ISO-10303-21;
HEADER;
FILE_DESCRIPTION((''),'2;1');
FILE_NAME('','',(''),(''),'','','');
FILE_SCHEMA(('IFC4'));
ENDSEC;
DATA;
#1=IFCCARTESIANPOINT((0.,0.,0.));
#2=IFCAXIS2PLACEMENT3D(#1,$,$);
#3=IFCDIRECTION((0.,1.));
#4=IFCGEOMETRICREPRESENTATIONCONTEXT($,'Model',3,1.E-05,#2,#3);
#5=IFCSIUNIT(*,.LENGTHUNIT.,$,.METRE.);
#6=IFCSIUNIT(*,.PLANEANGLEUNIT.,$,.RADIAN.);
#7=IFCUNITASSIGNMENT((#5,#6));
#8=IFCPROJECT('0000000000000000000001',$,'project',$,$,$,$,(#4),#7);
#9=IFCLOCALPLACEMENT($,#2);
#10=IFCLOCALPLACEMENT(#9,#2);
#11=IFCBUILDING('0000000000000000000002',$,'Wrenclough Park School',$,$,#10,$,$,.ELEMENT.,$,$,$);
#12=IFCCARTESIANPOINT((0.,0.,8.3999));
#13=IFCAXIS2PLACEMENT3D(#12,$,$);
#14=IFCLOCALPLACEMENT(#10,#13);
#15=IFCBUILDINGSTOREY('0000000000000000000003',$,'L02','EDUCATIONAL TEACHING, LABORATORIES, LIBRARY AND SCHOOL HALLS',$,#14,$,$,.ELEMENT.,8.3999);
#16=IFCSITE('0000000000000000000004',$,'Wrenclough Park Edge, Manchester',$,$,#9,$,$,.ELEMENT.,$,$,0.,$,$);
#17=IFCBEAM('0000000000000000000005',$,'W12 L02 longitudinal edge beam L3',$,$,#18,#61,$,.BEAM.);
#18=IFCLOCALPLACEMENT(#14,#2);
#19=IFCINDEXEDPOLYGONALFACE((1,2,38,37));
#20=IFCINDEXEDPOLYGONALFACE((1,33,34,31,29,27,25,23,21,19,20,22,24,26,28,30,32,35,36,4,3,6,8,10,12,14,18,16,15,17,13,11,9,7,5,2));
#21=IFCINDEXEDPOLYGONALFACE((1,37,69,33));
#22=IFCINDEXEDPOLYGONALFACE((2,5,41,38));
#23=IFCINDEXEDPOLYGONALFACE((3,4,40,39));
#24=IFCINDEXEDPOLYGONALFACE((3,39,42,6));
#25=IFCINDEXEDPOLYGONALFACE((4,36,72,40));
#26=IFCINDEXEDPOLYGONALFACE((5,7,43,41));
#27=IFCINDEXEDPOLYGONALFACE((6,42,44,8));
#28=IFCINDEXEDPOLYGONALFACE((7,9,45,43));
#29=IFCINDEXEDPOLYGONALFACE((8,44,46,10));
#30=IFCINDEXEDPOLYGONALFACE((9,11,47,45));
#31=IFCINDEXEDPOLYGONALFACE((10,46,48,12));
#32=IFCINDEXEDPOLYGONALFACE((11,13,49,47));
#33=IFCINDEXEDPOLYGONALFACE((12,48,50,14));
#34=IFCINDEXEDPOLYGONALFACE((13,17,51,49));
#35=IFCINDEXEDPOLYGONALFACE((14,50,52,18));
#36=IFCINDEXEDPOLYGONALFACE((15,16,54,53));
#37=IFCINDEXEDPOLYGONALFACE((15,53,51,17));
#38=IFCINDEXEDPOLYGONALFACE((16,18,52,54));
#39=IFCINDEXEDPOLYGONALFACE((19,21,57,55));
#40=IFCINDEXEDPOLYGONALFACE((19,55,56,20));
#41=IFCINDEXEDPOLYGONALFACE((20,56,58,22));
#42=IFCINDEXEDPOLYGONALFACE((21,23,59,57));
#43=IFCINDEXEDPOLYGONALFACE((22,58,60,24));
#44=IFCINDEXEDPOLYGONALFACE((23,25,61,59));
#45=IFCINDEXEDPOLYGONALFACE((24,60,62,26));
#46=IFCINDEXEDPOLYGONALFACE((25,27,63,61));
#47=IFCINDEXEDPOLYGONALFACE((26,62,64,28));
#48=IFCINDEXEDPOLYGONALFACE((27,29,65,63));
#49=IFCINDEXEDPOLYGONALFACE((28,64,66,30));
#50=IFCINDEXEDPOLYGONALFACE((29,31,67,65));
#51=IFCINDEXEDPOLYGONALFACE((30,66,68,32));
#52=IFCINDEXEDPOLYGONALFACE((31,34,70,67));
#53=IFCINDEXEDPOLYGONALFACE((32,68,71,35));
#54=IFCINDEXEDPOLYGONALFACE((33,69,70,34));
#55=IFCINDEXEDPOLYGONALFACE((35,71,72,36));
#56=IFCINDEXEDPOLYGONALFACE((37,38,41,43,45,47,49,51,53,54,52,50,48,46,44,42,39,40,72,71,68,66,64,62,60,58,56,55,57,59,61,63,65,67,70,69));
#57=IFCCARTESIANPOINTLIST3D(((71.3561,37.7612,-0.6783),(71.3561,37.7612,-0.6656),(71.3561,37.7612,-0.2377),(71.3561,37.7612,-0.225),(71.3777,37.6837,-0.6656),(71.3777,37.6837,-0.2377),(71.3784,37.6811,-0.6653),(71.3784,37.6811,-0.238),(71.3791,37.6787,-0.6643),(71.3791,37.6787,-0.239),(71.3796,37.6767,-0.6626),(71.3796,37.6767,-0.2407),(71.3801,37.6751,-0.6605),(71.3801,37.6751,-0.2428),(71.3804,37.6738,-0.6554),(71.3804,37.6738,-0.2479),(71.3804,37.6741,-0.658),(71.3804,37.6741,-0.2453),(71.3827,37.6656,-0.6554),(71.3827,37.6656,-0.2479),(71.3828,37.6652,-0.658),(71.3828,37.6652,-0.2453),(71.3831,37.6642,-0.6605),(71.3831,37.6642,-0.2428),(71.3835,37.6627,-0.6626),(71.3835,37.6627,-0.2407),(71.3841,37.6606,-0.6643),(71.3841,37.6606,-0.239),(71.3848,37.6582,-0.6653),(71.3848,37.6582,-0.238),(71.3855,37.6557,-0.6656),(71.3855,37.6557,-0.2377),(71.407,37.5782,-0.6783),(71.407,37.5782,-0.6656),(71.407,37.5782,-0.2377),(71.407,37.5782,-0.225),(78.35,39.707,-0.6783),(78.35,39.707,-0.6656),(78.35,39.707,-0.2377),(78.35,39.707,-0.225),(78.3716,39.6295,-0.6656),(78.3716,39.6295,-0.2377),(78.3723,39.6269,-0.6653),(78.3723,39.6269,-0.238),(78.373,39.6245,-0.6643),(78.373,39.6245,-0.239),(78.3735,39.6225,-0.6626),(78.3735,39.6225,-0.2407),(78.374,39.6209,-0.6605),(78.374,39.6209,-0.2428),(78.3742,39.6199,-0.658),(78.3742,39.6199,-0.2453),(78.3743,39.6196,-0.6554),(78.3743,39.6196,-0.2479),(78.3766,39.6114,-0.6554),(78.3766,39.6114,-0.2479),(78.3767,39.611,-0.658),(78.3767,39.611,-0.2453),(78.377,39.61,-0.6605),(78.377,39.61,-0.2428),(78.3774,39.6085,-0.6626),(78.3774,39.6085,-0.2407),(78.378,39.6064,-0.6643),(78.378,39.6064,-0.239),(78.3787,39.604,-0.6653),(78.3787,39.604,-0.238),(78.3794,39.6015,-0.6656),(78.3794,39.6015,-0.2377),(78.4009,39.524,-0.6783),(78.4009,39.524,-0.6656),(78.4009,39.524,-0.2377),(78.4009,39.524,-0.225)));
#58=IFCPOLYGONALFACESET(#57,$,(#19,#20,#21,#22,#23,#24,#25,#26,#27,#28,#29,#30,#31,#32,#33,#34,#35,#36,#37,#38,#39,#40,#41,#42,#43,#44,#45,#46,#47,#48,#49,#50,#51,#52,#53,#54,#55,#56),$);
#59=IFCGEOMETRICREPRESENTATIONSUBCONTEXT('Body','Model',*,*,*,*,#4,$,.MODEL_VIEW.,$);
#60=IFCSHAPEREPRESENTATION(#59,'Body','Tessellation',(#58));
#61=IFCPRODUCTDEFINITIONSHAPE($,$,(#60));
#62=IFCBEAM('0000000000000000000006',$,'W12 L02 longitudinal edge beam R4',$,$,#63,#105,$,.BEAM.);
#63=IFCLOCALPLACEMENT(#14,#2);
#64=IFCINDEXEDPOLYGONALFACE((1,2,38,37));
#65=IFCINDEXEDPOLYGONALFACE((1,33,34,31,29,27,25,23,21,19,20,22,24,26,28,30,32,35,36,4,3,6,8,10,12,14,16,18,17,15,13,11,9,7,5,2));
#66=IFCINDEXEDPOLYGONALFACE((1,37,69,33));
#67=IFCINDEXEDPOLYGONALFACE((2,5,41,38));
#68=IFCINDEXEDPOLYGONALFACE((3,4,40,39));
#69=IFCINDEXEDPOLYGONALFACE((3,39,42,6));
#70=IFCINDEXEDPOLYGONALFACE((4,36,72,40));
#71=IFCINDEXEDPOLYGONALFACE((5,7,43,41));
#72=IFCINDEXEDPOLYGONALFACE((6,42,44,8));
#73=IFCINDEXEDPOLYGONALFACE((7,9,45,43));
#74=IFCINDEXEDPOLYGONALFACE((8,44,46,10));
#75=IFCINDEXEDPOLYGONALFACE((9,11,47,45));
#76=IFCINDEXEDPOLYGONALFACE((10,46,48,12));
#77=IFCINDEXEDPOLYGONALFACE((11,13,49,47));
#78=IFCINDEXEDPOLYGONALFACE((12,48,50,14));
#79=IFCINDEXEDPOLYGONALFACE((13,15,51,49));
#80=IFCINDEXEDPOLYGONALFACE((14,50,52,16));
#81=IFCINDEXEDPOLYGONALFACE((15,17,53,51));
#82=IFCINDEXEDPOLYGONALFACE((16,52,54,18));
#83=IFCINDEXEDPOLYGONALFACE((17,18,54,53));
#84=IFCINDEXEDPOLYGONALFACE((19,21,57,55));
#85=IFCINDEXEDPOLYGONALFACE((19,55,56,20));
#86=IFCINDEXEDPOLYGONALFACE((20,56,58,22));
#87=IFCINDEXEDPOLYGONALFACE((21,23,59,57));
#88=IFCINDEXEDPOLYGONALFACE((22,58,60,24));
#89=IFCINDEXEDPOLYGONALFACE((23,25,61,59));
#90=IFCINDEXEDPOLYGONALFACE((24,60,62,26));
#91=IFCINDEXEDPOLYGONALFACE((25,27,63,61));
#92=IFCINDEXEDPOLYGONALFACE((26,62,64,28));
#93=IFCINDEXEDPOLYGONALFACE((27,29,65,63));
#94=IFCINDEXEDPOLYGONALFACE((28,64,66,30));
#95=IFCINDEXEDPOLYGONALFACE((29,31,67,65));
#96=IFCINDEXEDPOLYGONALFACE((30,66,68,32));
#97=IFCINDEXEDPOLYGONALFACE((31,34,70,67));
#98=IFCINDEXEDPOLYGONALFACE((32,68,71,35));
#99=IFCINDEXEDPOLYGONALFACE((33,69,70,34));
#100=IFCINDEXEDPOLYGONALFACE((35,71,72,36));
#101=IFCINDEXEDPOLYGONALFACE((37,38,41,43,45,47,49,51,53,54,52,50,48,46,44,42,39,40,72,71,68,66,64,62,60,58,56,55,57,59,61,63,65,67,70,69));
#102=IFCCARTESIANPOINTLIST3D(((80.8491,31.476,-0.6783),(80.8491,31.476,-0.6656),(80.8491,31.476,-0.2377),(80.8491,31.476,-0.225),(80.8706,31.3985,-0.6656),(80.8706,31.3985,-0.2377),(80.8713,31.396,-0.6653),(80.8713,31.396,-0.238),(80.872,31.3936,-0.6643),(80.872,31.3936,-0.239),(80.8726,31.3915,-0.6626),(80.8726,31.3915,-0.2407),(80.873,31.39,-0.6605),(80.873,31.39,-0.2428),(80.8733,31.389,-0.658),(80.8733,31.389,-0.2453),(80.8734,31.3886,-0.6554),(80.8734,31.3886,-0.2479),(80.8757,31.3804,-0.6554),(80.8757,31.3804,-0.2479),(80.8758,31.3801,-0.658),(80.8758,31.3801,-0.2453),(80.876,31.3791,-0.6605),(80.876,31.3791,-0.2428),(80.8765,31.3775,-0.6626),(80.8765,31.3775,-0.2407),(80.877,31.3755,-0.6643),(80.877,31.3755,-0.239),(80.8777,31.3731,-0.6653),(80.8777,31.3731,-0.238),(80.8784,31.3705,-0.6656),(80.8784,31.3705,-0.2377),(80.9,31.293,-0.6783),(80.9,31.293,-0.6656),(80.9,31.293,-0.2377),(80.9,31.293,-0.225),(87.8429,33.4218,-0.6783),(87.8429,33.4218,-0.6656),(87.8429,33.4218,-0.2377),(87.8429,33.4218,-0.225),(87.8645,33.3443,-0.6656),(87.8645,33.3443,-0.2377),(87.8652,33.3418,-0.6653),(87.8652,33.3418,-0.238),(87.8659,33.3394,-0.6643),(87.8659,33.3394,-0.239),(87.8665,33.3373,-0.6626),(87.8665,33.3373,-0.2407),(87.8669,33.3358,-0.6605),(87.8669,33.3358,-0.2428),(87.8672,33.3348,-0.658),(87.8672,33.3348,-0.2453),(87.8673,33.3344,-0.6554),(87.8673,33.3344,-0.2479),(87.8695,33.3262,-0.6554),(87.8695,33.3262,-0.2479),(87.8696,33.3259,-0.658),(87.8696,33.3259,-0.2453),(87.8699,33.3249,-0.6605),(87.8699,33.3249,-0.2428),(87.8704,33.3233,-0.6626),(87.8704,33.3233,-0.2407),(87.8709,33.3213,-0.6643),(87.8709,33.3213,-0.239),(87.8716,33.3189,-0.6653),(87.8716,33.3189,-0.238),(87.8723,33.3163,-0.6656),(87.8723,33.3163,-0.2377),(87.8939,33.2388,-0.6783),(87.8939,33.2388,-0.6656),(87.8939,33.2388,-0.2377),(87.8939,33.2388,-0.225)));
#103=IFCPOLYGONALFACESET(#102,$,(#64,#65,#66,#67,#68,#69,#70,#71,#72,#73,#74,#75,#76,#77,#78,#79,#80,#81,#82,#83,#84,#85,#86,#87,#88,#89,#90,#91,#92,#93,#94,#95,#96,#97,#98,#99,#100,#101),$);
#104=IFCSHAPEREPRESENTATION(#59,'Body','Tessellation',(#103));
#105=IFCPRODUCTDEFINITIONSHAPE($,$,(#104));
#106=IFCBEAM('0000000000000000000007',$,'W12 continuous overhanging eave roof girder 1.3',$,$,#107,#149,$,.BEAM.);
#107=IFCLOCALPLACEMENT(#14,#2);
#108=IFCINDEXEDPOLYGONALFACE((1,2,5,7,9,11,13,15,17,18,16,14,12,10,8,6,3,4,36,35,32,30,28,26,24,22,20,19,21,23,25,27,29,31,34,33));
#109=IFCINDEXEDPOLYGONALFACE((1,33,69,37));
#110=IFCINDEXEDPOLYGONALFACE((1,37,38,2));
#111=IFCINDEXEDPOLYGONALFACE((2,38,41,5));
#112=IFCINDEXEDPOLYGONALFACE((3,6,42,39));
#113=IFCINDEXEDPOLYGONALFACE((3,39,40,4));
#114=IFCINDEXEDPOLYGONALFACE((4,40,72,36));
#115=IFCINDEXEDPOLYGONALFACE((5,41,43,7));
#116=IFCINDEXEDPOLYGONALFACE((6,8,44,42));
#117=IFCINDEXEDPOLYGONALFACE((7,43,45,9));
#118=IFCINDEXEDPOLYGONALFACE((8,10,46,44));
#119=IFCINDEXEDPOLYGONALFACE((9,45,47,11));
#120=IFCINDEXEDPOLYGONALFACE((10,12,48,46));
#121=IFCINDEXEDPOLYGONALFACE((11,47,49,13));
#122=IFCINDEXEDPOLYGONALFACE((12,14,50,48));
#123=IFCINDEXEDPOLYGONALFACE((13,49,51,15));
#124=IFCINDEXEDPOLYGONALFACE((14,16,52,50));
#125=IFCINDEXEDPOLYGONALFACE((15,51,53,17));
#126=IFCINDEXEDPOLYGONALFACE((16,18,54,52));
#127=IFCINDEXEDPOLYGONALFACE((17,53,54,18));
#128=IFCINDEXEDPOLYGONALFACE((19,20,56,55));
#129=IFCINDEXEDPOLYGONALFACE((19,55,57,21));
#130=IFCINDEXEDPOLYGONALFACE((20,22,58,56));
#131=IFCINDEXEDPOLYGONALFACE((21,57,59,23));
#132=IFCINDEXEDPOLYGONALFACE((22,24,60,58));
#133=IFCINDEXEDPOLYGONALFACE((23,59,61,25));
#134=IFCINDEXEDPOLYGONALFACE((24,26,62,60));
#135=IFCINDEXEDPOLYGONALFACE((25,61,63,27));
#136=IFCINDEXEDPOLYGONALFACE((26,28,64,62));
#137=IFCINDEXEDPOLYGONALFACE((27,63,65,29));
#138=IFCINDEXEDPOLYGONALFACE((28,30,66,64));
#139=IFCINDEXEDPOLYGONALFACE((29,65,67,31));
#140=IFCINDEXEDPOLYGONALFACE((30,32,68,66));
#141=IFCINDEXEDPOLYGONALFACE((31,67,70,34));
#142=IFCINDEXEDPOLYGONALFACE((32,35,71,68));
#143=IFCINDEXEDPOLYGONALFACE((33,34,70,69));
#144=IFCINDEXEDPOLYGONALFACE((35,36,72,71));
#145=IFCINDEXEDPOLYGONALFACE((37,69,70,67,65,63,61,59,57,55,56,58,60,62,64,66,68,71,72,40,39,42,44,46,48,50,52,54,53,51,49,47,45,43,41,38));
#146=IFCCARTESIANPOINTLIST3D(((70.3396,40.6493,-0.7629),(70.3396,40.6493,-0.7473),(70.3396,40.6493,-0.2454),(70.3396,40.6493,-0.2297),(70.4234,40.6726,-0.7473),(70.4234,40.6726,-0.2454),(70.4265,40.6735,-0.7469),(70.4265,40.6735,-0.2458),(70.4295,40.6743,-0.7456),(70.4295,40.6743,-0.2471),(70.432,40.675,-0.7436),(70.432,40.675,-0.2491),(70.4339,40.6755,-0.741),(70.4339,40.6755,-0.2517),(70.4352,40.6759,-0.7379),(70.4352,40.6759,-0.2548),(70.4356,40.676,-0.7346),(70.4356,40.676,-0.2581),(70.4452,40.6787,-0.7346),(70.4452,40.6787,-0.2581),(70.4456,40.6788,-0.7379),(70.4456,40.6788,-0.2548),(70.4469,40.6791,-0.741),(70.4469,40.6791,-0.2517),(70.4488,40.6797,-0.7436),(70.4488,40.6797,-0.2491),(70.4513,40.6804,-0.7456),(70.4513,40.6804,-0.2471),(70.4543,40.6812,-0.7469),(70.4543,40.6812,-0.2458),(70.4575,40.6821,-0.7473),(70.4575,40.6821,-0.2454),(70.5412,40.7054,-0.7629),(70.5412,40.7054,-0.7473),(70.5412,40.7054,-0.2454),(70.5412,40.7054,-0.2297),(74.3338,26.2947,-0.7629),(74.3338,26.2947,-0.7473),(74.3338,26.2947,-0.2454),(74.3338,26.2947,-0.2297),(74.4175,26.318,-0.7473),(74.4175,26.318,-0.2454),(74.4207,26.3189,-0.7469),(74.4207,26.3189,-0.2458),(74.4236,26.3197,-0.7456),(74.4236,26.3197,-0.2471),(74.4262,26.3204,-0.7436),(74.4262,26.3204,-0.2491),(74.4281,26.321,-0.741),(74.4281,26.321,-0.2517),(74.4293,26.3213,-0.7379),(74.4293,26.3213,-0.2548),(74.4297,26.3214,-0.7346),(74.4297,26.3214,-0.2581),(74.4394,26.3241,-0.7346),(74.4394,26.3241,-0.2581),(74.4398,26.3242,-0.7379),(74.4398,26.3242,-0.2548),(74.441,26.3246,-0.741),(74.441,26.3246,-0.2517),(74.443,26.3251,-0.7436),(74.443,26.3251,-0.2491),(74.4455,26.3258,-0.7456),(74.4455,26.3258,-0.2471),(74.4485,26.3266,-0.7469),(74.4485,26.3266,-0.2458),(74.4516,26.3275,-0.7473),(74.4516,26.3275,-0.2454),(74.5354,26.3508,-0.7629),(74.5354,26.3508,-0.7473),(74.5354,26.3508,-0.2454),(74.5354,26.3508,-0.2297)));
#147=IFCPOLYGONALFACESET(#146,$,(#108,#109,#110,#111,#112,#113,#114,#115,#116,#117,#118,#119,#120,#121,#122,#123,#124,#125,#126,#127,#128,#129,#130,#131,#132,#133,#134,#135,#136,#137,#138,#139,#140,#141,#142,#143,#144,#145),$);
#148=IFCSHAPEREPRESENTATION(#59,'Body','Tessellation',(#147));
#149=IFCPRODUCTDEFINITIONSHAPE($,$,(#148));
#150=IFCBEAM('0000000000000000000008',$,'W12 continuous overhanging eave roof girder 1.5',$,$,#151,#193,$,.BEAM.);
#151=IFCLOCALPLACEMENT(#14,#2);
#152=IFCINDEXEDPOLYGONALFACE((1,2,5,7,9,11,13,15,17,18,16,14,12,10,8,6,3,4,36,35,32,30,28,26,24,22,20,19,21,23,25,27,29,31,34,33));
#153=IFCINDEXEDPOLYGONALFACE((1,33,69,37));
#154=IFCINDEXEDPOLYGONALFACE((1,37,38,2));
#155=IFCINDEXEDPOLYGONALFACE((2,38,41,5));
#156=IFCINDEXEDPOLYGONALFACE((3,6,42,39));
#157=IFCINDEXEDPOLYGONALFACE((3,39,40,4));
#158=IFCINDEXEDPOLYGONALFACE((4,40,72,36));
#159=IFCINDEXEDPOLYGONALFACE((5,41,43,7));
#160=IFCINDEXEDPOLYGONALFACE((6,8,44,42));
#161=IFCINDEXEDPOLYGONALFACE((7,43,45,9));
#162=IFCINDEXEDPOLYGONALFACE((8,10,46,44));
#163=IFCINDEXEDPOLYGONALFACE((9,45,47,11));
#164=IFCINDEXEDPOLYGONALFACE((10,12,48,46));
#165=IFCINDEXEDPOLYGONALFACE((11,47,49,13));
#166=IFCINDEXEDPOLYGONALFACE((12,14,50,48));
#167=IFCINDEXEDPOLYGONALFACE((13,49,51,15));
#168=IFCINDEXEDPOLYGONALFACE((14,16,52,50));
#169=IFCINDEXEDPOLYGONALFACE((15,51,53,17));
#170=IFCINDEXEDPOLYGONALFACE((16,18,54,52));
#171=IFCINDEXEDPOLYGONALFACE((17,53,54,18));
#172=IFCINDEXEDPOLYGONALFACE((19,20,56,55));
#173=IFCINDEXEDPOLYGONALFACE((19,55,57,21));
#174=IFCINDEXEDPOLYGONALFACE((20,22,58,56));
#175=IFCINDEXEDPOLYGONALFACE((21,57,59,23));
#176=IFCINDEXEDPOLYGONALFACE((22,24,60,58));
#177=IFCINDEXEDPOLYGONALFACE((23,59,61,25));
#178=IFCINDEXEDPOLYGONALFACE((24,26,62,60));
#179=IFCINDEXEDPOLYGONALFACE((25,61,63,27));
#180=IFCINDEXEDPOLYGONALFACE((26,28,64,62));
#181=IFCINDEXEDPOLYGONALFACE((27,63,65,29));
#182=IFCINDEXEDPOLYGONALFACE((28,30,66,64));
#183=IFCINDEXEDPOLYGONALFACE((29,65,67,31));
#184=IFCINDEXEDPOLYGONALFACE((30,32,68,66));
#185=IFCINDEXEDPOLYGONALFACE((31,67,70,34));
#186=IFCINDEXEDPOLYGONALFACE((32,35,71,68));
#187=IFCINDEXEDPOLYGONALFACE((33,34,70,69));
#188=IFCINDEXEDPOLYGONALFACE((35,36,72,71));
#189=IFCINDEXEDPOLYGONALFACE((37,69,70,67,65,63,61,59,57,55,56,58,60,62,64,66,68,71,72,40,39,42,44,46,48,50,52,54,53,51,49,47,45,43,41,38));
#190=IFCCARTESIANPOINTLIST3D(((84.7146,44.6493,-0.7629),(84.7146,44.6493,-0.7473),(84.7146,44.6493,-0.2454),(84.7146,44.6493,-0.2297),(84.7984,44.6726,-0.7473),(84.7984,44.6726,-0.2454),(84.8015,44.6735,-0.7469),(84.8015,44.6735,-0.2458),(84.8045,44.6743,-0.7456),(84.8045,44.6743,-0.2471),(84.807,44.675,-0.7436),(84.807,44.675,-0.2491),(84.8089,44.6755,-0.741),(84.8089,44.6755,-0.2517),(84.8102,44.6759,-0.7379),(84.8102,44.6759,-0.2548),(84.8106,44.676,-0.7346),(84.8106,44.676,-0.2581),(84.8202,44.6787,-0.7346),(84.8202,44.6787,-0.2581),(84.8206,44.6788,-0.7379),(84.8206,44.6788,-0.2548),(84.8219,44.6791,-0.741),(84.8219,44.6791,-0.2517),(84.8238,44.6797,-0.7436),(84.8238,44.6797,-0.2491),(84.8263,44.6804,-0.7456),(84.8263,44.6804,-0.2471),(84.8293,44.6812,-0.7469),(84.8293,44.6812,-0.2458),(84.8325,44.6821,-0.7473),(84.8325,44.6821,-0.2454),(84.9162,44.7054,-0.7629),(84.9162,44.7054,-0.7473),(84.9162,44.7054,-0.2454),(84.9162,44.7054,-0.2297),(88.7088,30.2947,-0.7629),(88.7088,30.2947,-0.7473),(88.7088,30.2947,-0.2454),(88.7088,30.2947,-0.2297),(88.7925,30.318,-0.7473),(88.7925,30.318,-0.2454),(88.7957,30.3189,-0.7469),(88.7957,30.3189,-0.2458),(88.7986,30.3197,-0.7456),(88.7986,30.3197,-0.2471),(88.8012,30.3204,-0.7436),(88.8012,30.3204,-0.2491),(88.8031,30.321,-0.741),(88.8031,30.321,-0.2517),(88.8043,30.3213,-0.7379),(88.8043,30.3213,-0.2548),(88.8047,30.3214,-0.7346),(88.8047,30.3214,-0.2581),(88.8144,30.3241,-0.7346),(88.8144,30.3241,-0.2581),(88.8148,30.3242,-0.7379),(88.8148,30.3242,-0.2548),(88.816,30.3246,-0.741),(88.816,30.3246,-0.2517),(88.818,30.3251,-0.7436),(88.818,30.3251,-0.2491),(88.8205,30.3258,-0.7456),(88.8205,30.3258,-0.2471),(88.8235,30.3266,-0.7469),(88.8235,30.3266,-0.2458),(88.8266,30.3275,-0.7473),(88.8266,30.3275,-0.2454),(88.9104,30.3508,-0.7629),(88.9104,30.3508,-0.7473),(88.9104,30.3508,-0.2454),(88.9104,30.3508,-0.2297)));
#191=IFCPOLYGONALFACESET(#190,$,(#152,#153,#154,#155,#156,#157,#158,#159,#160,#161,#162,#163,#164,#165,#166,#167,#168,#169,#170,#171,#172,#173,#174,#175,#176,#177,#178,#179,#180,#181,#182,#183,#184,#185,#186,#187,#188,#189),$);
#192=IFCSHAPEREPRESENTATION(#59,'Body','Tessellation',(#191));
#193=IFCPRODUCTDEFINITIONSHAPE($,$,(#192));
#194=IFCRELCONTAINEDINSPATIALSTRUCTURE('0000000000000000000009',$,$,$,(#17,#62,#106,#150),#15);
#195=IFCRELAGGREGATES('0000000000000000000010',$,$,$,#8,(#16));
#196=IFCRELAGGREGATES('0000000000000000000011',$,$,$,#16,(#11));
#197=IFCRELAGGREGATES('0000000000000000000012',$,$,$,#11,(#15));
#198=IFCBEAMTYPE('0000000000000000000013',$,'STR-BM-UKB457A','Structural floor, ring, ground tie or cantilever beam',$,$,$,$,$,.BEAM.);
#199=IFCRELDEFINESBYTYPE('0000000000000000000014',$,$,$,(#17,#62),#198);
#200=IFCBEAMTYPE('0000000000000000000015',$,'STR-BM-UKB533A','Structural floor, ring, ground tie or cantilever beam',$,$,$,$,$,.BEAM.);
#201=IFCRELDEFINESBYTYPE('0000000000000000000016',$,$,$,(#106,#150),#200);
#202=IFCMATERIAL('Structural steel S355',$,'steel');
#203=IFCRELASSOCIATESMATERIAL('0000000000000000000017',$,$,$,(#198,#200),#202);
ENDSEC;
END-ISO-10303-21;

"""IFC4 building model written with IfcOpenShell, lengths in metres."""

from ifc_helpers import new_model, si_unit, direction, frame, origin, origin_2d, place, context, subcontext, project, spatial, i_section, extrude, material, material_profile, profile_set, type_object, element, save


model = new_model("IFC4")

# Units and contexts
model_context = context("Model", 3, precision=1e-05, world=origin(), true_north=direction((0.0, 1.0)))
body_context = subcontext(model_context, "Body", "Model", "MODEL_VIEW")
ifc_project = project(units=[si_unit("LENGTHUNIT", "METRE"), si_unit("PLANEANGLEUNIT", "RADIAN")], contexts=[model_context])

# Site, building, storey
site_placement = place(None, origin())
site = spatial("IfcSite", under=ifc_project, at=site_placement, Name="Wrenclough Park Edge, Manchester", CompositionType="ELEMENT", RefElevation=0.0)
building_placement = place(site_placement, origin())
building = spatial("IfcBuilding", under=site, at=building_placement, Name="Wrenclough Park School", CompositionType="ELEMENT")
storey_placement = place(building_placement, frame((0.0, 0.0, 8.3999)))
storey = spatial("IfcBuildingStorey", under=building, at=storey_placement, Name="L02", Description="EDUCATIONAL TEACHING, LABORATORIES, LIBRARY AND SCHOOL HALLS", CompositionType="ELEMENT", Elevation=8.3999)

# Beams
ifc_material_1 = material(Name="Structural steel S355", Category="steel")
ifc_material_profile_1 = material_profile(ifc_material_1, i_section(OverallWidth=0.1899, OverallDepth=0.4534, WebThickness=0.0085, FlangeThickness=0.0127, FilletRadius=0.0103, at=origin_2d()), Name="UKB 457x191x67")
ifc_profile_set_1 = profile_set([ifc_material_profile_1], Name="Structural steel S355")
beam_type_1 = type_object("IfcBeamType", Name="STR-BM-UKB457A", Description="Structural floor, ring, ground tie or cantilever beam", PredefinedType="BEAM", material=ifc_profile_set_1)
for number, where, z_axis, x_axis, name in (
    (1, (71.3816, 37.6697, -0.4517), (0.963409, 0.268034, 0.0), (-0.268034, 0.963409, 0.0), "W12 L02 longitudinal edge beam L3"),
    (2, (80.8745, 31.3845, -0.4517), (0.963409, 0.268034, 0.0), (-0.268034, 0.963409, 0.0), "W12 L02 longitudinal edge beam R4"),
):
    element("IfcBeam", number, at=place(storey_placement, frame(where, z_axis=z_axis, x_axis=x_axis)), inside=storey, type_object=beam_type_1, Name=name, PredefinedType="BEAM", context=body_context, shape_type="SweptSolid", body=[
        extrude(i_section(OverallWidth=0.1899, OverallDepth=0.4534, WebThickness=0.0085, FlangeThickness=0.0127, FilletRadius=0.0103, at=origin_2d()), origin(), (0.0, 0.0, 1.0), 7.2595),
    ])
ifc_material_profile_2 = material_profile(ifc_material_1, i_section(OverallWidth=0.2092, OverallDepth=0.5332, WebThickness=0.01, FlangeThickness=0.0156, FilletRadius=0.0127, at=origin_2d()), Name="UKB 533x210x92")
ifc_profile_set_2 = profile_set([ifc_material_profile_2], Name="Structural steel S355")
beam_type_2 = type_object("IfcBeamType", Name="STR-BM-UKB533A", Description="Structural floor, ring, ground tie or cantilever beam", PredefinedType="BEAM", material=ifc_profile_set_2)
for number, where, z_axis, x_axis, name in (
    (3, (74.4346, 26.3228, -0.4963), (-0.268066, 0.9634, 0.0), (-0.9634, -0.268066, 0.0), "W12 continuous overhanging eave roof girder 1.3"),
    (4, (88.8096, 30.3228, -0.4963), (-0.268066, 0.9634, 0.0), (-0.9634, -0.268066, 0.0), "W12 continuous overhanging eave roof girder 1.5"),
):
    element("IfcBeam", number, at=place(storey_placement, frame(where, z_axis=z_axis, x_axis=x_axis)), inside=storey, type_object=beam_type_2, Name=name, PredefinedType="BEAM", context=body_context, shape_type="SweptSolid", body=[
        extrude(i_section(OverallWidth=0.2092, OverallDepth=0.5332, WebThickness=0.01, FlangeThickness=0.0156, FilletRadius=0.0127, at=origin_2d()), origin(), (0.0, 0.0, 1.0), 14.8999),
    ])

save(model, "model.ifc")
